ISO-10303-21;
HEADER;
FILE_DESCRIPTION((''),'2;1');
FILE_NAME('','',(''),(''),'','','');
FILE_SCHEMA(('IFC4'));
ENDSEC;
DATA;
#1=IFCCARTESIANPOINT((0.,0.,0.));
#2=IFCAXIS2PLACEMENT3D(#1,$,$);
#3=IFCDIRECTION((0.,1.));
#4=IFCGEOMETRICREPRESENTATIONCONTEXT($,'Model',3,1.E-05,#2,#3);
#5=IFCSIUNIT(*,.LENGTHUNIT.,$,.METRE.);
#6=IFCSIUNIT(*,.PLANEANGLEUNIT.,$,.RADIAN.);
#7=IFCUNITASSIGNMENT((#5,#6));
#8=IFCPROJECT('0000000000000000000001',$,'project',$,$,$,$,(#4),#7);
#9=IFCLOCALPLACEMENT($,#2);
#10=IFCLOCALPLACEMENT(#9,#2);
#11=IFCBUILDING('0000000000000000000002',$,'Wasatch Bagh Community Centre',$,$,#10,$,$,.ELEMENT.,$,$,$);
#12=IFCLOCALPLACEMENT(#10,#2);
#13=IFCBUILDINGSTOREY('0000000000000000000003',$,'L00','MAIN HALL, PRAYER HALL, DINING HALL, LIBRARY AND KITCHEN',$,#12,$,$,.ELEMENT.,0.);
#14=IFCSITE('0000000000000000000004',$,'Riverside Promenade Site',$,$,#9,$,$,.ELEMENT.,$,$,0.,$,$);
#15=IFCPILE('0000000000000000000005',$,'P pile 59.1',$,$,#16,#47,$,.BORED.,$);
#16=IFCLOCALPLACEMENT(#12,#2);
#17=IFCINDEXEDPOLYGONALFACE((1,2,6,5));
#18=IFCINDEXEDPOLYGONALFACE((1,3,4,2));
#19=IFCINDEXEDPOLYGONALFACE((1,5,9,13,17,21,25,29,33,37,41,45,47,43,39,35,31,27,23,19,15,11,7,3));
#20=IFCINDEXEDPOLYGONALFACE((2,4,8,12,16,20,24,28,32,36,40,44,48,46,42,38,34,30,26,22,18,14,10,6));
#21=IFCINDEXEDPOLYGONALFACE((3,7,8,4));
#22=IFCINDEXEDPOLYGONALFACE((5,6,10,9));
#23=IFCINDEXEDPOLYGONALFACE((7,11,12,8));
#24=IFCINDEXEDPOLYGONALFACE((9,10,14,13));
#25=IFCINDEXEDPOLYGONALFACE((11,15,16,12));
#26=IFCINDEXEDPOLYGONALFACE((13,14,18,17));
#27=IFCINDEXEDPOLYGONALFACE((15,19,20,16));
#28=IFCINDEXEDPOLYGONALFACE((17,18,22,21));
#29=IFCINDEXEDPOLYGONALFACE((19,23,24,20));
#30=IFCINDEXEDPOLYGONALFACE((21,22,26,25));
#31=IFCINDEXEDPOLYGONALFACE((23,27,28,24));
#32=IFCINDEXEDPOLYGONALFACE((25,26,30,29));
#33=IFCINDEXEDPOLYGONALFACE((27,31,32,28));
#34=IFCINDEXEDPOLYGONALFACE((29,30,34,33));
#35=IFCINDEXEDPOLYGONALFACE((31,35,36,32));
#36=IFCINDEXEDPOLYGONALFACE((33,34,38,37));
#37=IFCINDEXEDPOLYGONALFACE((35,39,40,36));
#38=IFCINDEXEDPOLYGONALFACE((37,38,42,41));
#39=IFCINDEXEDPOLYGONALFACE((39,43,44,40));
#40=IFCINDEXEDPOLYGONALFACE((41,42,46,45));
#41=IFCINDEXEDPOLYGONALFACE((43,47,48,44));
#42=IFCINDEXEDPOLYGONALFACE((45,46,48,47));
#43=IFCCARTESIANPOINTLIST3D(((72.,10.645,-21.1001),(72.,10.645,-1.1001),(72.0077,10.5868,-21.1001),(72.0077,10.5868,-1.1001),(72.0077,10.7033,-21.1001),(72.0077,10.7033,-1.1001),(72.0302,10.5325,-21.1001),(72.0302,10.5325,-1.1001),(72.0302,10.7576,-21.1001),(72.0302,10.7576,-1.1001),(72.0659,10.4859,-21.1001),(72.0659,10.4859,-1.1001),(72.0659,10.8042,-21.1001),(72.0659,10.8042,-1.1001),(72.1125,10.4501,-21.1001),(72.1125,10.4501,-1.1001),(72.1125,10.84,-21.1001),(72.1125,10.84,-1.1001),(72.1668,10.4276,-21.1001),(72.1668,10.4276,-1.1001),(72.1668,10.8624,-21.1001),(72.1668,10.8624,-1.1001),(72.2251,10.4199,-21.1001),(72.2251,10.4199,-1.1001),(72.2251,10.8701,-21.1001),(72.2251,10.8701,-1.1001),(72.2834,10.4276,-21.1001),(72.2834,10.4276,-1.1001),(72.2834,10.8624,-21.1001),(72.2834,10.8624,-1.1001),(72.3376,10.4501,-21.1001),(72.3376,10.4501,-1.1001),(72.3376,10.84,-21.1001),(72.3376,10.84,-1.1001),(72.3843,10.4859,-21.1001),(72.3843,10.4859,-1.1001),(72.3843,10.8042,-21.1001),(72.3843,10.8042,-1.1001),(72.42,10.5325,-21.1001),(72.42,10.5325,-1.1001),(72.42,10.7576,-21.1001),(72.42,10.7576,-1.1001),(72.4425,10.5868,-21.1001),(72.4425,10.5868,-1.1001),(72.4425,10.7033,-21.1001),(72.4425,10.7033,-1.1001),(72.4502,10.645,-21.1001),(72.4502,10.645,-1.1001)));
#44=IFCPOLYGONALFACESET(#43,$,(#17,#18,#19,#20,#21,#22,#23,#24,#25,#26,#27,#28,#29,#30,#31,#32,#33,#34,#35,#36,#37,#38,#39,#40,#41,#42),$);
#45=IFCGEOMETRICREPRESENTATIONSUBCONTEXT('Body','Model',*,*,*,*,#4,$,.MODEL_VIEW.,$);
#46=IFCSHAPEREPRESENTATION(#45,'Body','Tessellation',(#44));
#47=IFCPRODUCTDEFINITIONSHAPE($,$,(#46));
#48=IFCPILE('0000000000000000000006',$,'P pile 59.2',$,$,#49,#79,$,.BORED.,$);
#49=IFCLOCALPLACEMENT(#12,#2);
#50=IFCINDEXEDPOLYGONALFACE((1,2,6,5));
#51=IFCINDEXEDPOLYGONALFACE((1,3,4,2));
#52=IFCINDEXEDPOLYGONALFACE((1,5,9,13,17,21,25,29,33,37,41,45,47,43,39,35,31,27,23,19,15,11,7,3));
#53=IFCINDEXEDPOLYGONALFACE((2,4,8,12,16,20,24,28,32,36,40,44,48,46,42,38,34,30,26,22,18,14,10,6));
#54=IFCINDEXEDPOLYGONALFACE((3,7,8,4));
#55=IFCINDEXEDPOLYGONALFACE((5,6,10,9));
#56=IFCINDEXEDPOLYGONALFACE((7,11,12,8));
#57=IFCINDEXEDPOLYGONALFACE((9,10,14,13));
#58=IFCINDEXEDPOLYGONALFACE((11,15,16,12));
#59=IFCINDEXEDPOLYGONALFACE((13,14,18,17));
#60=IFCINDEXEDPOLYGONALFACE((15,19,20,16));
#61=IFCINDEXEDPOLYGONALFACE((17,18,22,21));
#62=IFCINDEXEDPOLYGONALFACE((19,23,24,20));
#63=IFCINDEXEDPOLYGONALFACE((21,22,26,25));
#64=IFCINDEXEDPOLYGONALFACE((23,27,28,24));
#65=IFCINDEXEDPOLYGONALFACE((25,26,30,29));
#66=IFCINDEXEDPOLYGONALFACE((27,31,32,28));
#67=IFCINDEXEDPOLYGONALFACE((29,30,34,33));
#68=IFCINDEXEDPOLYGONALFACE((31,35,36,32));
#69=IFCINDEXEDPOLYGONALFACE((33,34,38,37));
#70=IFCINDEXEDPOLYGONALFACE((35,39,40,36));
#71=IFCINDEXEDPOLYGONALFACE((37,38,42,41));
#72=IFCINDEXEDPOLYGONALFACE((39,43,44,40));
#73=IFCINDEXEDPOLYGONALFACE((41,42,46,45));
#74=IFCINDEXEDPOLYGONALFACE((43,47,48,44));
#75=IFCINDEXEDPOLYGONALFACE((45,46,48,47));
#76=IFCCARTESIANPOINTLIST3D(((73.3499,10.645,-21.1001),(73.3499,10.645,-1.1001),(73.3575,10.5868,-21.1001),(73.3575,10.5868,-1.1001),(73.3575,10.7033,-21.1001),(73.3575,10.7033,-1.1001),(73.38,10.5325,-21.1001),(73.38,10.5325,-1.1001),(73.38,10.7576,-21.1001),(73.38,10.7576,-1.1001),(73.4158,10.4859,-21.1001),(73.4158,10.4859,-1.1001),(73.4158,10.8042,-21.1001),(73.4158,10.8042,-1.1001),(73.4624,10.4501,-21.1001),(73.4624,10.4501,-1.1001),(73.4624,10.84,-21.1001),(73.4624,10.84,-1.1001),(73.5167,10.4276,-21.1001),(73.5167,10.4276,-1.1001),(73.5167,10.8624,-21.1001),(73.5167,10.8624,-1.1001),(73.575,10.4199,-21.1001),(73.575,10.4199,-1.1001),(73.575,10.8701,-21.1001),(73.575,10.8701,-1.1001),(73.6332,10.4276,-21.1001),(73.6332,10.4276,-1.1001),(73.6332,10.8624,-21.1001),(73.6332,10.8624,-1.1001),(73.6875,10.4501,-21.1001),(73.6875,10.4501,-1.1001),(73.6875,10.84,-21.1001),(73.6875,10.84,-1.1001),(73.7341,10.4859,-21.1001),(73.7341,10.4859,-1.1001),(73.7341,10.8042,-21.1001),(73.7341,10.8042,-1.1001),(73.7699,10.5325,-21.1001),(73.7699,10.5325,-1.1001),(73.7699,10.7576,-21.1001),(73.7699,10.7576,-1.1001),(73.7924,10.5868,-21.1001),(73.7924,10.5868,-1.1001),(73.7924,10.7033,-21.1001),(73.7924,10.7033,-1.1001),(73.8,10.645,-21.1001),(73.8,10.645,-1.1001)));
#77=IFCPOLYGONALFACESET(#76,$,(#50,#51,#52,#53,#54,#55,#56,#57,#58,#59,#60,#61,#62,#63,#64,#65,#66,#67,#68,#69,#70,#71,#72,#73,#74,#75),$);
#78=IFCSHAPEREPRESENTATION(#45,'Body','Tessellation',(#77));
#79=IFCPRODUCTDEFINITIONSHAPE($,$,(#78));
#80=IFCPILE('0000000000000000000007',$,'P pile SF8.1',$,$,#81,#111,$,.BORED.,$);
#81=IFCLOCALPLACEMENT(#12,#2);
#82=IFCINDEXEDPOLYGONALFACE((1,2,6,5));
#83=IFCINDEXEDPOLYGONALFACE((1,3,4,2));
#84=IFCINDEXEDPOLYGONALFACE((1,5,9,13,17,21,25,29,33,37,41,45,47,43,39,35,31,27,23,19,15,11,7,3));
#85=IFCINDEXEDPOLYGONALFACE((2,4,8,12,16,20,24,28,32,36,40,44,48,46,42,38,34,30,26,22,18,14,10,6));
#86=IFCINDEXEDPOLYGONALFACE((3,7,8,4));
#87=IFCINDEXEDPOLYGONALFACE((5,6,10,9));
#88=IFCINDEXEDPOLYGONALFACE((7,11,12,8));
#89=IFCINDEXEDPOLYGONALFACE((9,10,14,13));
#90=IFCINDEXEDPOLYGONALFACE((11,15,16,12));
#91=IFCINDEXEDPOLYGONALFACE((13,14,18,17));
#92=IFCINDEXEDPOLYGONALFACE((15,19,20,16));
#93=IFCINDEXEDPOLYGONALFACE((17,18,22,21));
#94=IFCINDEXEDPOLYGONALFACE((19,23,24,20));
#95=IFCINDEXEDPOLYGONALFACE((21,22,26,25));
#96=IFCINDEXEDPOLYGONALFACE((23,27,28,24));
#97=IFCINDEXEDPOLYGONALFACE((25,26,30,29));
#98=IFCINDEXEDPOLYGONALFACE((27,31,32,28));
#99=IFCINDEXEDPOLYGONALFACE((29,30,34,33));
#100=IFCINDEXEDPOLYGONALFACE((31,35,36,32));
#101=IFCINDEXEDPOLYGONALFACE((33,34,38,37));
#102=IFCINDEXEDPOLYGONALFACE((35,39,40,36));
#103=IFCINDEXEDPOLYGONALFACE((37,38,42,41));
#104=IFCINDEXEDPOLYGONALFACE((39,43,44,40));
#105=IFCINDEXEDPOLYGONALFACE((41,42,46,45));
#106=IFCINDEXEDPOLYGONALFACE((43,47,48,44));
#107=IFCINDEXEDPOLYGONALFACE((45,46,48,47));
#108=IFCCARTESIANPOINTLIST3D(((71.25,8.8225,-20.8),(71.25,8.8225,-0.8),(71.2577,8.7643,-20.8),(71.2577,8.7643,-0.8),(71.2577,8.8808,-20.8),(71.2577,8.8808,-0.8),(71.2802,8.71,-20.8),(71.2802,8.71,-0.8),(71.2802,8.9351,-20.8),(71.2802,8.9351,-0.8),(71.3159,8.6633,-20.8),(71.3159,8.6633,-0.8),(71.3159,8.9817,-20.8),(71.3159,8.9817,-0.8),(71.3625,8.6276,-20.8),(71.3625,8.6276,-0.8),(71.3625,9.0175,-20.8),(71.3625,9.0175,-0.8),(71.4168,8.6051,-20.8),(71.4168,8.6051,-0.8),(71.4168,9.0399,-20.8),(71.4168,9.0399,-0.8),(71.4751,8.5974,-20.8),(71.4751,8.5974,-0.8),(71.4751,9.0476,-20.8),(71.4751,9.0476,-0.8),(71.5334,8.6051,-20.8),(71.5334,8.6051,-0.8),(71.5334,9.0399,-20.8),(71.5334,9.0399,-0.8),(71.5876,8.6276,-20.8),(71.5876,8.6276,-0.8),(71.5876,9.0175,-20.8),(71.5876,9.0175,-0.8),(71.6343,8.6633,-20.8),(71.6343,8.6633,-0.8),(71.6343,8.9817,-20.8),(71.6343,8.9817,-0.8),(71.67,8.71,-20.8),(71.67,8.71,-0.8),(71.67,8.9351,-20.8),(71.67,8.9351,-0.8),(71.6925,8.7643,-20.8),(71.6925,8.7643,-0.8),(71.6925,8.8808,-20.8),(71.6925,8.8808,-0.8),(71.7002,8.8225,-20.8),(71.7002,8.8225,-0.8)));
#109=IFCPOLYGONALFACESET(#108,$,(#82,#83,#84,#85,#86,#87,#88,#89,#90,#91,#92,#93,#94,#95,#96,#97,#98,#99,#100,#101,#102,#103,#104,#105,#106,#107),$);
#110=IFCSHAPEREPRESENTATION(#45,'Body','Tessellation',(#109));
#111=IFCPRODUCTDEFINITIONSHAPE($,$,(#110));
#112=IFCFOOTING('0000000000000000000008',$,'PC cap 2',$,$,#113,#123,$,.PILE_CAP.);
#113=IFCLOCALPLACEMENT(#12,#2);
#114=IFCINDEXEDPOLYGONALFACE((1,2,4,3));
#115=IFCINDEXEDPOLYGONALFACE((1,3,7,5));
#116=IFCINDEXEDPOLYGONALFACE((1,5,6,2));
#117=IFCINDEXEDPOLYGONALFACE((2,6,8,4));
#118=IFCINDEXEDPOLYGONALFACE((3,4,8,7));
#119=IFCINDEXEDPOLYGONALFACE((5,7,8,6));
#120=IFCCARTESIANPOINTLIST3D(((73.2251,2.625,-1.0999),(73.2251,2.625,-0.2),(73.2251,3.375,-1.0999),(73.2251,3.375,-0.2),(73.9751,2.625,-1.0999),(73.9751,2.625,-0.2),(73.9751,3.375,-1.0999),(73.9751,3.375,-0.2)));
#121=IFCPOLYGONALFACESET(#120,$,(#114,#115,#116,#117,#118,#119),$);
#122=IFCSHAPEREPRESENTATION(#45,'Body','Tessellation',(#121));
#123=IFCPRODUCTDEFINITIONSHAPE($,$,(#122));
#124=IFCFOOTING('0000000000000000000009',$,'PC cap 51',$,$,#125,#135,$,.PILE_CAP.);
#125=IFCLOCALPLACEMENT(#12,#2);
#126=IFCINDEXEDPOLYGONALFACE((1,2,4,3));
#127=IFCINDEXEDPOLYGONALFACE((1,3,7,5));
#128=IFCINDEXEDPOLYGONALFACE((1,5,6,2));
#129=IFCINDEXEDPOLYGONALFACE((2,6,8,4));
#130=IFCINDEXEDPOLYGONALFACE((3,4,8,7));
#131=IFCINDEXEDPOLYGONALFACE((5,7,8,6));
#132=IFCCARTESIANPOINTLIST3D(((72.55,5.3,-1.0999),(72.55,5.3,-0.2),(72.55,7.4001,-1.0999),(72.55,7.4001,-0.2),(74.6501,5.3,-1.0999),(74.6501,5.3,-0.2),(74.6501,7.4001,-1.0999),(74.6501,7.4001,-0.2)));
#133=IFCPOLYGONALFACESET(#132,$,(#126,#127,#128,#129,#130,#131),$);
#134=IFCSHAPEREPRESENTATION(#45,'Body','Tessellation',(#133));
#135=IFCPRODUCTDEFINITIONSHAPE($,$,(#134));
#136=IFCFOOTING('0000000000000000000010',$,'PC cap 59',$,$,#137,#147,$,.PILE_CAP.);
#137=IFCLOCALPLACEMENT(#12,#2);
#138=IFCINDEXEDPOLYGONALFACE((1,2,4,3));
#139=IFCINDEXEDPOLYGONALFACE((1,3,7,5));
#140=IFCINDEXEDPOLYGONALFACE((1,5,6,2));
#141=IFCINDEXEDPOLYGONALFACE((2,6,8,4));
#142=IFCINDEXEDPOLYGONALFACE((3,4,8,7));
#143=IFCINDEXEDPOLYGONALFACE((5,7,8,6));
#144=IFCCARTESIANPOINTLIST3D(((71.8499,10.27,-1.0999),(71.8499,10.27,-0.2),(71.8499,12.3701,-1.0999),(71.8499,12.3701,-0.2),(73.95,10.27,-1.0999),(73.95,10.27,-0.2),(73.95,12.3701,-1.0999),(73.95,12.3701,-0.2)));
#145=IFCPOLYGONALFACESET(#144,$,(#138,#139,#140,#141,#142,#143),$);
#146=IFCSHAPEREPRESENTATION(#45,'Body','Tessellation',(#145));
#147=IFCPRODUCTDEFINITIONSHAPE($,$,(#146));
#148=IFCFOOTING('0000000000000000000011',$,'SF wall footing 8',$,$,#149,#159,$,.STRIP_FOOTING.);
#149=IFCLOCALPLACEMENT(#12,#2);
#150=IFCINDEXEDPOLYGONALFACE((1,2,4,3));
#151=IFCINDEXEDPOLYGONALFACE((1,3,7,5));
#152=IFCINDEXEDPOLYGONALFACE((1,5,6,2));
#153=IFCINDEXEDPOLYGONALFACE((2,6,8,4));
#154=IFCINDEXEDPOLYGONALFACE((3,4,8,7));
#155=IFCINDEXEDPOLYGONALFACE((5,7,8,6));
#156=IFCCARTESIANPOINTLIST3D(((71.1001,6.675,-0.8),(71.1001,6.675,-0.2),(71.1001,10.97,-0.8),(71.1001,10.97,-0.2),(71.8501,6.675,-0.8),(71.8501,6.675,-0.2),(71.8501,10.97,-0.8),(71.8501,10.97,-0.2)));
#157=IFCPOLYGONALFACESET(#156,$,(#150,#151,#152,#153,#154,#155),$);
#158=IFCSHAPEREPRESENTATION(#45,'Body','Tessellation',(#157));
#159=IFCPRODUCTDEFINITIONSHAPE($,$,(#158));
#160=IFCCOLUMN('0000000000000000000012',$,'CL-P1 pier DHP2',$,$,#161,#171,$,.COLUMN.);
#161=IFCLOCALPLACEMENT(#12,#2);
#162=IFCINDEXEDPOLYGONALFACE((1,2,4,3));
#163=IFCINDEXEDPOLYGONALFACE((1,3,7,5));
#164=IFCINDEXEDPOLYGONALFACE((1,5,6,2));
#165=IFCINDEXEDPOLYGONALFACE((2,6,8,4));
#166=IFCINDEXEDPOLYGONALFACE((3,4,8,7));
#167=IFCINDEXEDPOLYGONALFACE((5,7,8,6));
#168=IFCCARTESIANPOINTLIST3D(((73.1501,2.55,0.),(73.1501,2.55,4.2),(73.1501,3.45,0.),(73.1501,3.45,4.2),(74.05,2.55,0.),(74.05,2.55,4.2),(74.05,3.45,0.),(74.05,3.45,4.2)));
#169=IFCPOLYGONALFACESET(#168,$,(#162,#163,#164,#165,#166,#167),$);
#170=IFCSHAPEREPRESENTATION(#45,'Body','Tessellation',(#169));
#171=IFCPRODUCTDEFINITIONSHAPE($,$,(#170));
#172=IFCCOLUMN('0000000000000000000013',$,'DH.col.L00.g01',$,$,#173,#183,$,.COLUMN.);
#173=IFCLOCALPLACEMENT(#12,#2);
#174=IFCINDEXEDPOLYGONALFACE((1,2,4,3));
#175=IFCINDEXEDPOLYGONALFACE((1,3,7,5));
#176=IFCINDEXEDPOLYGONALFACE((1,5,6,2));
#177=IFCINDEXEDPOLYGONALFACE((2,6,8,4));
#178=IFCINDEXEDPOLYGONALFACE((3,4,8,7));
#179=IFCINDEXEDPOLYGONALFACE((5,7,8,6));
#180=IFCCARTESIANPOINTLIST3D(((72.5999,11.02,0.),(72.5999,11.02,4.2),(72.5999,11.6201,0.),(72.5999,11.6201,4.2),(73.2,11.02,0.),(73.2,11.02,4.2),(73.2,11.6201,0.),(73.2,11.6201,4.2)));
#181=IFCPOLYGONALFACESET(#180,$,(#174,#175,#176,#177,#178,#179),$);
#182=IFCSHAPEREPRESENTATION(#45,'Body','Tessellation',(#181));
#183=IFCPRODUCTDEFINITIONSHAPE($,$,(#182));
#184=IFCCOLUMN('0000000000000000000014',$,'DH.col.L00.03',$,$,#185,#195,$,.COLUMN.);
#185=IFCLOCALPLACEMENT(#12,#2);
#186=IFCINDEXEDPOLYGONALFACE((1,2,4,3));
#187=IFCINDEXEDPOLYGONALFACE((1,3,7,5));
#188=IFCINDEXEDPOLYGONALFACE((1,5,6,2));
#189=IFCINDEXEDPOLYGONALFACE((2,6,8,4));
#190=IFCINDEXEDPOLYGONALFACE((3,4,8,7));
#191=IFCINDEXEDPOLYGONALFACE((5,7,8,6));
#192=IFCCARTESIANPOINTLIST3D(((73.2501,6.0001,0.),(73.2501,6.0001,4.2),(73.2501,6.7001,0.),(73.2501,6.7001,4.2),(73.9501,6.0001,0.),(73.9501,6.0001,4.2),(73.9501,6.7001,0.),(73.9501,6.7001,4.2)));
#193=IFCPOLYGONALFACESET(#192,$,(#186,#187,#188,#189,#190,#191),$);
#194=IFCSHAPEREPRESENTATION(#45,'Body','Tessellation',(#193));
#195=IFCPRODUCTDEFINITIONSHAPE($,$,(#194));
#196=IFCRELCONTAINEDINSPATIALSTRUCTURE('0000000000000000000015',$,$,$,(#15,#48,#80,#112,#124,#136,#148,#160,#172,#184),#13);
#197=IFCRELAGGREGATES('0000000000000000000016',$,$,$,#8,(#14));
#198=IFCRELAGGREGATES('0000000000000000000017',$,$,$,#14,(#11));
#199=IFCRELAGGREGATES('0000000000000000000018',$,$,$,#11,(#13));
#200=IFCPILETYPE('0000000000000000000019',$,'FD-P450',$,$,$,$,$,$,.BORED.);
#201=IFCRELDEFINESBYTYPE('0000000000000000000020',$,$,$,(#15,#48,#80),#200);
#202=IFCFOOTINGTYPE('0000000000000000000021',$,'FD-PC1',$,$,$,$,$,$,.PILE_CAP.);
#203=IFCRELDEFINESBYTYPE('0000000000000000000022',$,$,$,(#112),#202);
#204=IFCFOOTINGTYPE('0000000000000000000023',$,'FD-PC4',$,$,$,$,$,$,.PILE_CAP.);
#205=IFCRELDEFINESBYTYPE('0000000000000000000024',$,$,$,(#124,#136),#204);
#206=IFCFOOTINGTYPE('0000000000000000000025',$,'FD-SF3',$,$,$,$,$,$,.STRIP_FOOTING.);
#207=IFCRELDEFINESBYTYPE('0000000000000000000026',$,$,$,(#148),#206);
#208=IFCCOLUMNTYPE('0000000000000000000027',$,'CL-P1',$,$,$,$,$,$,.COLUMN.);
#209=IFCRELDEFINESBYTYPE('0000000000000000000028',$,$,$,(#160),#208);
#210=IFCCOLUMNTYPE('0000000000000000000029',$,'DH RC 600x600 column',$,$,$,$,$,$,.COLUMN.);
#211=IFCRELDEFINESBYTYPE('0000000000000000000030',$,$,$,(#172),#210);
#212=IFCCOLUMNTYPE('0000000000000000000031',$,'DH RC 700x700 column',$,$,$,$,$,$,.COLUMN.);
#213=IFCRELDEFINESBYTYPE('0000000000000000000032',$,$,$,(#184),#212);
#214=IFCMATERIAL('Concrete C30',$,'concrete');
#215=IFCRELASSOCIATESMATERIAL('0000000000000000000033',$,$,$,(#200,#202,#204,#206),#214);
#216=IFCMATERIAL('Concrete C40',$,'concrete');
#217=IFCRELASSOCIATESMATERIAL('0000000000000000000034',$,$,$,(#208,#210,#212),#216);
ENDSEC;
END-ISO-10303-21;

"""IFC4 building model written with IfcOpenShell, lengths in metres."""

from ifc_helpers import new_model, si_unit, direction, frame, origin, origin_2d, place, context, subcontext, project, spatial, rectangle, circle, extrude, material, material_profile, profile_set, type_object, element, save


model = new_model("IFC4")

# Units and contexts
model_context = context("Model", 3, precision=1e-05, world=origin(), true_north=direction((0.0, 1.0)))
body_context = subcontext(model_context, "Body", "Model", "MODEL_VIEW")
ifc_project = project(units=[si_unit("LENGTHUNIT", "METRE"), si_unit("PLANEANGLEUNIT", "RADIAN")], contexts=[model_context])

# Site, building, storey
site_placement = place(None, origin())
site = spatial("IfcSite", under=ifc_project, at=site_placement, Name="Riverside Promenade Site", CompositionType="ELEMENT", RefElevation=0.0)
building_placement = place(site_placement, origin())
building = spatial("IfcBuilding", under=site, at=building_placement, Name="Wasatch Bagh Community Centre", CompositionType="ELEMENT")
storey_placement = place(building_placement, origin())
storey = spatial("IfcBuildingStorey", under=building, at=storey_placement, Name="L00", Description="MAIN HALL, PRAYER HALL, DINING HALL, LIBRARY AND KITCHEN", CompositionType="ELEMENT", Elevation=0.0)

# Piles
ifc_material_1 = material(Name="Concrete C30", Category="concrete")
ifc_material_profile_1 = material_profile(ifc_material_1, circle(Radius=0.2251, at=origin_2d()), Name="RC D450")
ifc_profile_set_1 = profile_set([ifc_material_profile_1], Name="Concrete C30")
pile_type = type_object("IfcPileType", Name="FD-P450", PredefinedType="BORED", material=ifc_profile_set_1)
for number, where, z_axis, x_axis, name in (
    (1, (72.2251, 10.645, -1.1001), (0.0, 0.0, -1.0), (1.0, 0.0, 0.0), "P pile 59.1"),
    (2, (73.575, 10.645, -1.1001), (0.0, 0.0, -1.0), (1.0, 0.0, 0.0), "P pile 59.2"),
    (3, (71.4751, 8.8225, -0.8), (0.0, 0.0, -1.0), (1.0, 0.0, 0.0), "P pile SF8.1"),
):
    element("IfcPile", number, at=place(storey_placement, frame(where, z_axis=z_axis, x_axis=x_axis)), inside=storey, type_object=pile_type, Name=name, PredefinedType="BORED", context=body_context, shape_type="SweptSolid", body=[
        extrude(circle(Radius=0.2251, at=origin_2d()), origin(), (0.0, 0.0, 1.0), 20.0),
    ])

# Footings
footing_type_1 = type_object("IfcFootingType", Name="FD-PC1", PredefinedType="PILE_CAP", material=ifc_material_1)
footing_1_placement = place(storey_placement, frame((73.6001, 3.0, -1.0999), z_axis=(0.0, 0.0, 1.0), x_axis=(1.0, 0.0, 0.0)))
element("IfcFooting", 4, at=footing_1_placement, inside=storey, type_object=footing_type_1, Name="PC cap 2", PredefinedType="PILE_CAP", context=body_context, shape_type="SweptSolid", body=[
    extrude(rectangle(XDim=0.75, YDim=0.75, at=origin_2d()), origin(), (0.0, 0.0, 1.0), 0.8999),
])
footing_type_2 = type_object("IfcFootingType", Name="FD-PC4", PredefinedType="PILE_CAP", material=ifc_material_1)
for number, where, z_axis, x_axis, name in (
    (5, (73.6001, 6.3501, -1.0999), (0.0, 0.0, 1.0), (1.0, 0.0, 0.0), "PC cap 51"),
    (6, (72.8999, 11.3201, -1.0999), (0.0, 0.0, 1.0), (1.0, 0.0, 0.0), "PC cap 59"),
):
    element("IfcFooting", number, at=place(storey_placement, frame(where, z_axis=z_axis, x_axis=x_axis)), inside=storey, type_object=footing_type_2, Name=name, PredefinedType="PILE_CAP", context=body_context, shape_type="SweptSolid", body=[
        extrude(rectangle(XDim=2.1001, YDim=2.1001, at=origin_2d()), origin(), (0.0, 0.0, 1.0), 0.8999),
    ])
footing_type_3 = type_object("IfcFootingType", Name="FD-SF3", PredefinedType="STRIP_FOOTING", material=ifc_material_1)
footing_2_placement = place(storey_placement, frame((71.4751, 8.8225, -0.8), z_axis=(0.0, 0.0, 1.0), x_axis=(0.0, 1.0, 0.0)))
element("IfcFooting", 7, at=footing_2_placement, inside=storey, type_object=footing_type_3, Name="SF wall footing 8", PredefinedType="STRIP_FOOTING", context=body_context, shape_type="SweptSolid", body=[
    extrude(rectangle(XDim=4.2949, YDim=0.75, at=origin_2d()), origin(), (0.0, 0.0, 1.0), 0.6001),
])

# Columns
ifc_material_2 = material(Name="Concrete C40", Category="concrete")
ifc_material_profile_2 = material_profile(ifc_material_2, rectangle(XDim=0.8999, YDim=0.8999, at=origin_2d()), Name="RC 900x900")
ifc_profile_set_2 = profile_set([ifc_material_profile_2], Name="Concrete C40")
column_type_1 = type_object("IfcColumnType", Name="CL-P1", PredefinedType="COLUMN", material=ifc_profile_set_2)
column_1_placement = place(storey_placement, frame((73.6001, 3.0, 0.0), z_axis=(0.0, 0.0, 1.0), x_axis=(1.0, 0.0, 0.0)))
element("IfcColumn", 8, at=column_1_placement, inside=storey, type_object=column_type_1, Name="CL-P1 pier DHP2", PredefinedType="COLUMN", context=body_context, shape_type="SweptSolid", body=[
    extrude(rectangle(XDim=0.8999, YDim=0.8999, at=origin_2d()), origin(), (0.0, 0.0, 1.0), 4.2),
])
ifc_material_profile_3 = material_profile(ifc_material_2, rectangle(XDim=0.6001, YDim=0.6001, at=origin_2d()), Name="RC 600x600")
ifc_profile_set_3 = profile_set([ifc_material_profile_3], Name="Concrete C40")
column_type_2 = type_object("IfcColumnType", Name="DH RC 600x600 column", PredefinedType="COLUMN", material=ifc_profile_set_3)
column_2_placement = place(storey_placement, frame((72.8999, 11.3201, 0.0), z_axis=(0.0, 0.0, 1.0), x_axis=(1.0, 0.0, 0.0)))
element("IfcColumn", 9, at=column_2_placement, inside=storey, type_object=column_type_2, Name="DH.col.L00.g01", PredefinedType="COLUMN", context=body_context, shape_type="SweptSolid", body=[
    extrude(rectangle(XDim=0.6001, YDim=0.6001, at=origin_2d()), origin(), (0.0, 0.0, 1.0), 4.2),
])
ifc_material_profile_4 = material_profile(ifc_material_2, rectangle(XDim=0.7, YDim=0.7, at=origin_2d()), Name="RC 700x700")
ifc_profile_set_4 = profile_set([ifc_material_profile_4], Name="Concrete C40")
column_type_3 = type_object("IfcColumnType", Name="DH RC 700x700 column", PredefinedType="COLUMN", material=ifc_profile_set_4)
column_3_placement = place(storey_placement, frame((73.6001, 6.3501, 0.0), z_axis=(0.0, 0.0, 1.0), x_axis=(1.0, 0.0, 0.0)))
element("IfcColumn", 10, at=column_3_placement, inside=storey, type_object=column_type_3, Name="DH.col.L00.03", PredefinedType="COLUMN", context=body_context, shape_type="SweptSolid", body=[
    extrude(rectangle(XDim=0.7, YDim=0.7, at=origin_2d()), origin(), (0.0, 0.0, 1.0), 4.2),
])

save(model, "model.ifc")
